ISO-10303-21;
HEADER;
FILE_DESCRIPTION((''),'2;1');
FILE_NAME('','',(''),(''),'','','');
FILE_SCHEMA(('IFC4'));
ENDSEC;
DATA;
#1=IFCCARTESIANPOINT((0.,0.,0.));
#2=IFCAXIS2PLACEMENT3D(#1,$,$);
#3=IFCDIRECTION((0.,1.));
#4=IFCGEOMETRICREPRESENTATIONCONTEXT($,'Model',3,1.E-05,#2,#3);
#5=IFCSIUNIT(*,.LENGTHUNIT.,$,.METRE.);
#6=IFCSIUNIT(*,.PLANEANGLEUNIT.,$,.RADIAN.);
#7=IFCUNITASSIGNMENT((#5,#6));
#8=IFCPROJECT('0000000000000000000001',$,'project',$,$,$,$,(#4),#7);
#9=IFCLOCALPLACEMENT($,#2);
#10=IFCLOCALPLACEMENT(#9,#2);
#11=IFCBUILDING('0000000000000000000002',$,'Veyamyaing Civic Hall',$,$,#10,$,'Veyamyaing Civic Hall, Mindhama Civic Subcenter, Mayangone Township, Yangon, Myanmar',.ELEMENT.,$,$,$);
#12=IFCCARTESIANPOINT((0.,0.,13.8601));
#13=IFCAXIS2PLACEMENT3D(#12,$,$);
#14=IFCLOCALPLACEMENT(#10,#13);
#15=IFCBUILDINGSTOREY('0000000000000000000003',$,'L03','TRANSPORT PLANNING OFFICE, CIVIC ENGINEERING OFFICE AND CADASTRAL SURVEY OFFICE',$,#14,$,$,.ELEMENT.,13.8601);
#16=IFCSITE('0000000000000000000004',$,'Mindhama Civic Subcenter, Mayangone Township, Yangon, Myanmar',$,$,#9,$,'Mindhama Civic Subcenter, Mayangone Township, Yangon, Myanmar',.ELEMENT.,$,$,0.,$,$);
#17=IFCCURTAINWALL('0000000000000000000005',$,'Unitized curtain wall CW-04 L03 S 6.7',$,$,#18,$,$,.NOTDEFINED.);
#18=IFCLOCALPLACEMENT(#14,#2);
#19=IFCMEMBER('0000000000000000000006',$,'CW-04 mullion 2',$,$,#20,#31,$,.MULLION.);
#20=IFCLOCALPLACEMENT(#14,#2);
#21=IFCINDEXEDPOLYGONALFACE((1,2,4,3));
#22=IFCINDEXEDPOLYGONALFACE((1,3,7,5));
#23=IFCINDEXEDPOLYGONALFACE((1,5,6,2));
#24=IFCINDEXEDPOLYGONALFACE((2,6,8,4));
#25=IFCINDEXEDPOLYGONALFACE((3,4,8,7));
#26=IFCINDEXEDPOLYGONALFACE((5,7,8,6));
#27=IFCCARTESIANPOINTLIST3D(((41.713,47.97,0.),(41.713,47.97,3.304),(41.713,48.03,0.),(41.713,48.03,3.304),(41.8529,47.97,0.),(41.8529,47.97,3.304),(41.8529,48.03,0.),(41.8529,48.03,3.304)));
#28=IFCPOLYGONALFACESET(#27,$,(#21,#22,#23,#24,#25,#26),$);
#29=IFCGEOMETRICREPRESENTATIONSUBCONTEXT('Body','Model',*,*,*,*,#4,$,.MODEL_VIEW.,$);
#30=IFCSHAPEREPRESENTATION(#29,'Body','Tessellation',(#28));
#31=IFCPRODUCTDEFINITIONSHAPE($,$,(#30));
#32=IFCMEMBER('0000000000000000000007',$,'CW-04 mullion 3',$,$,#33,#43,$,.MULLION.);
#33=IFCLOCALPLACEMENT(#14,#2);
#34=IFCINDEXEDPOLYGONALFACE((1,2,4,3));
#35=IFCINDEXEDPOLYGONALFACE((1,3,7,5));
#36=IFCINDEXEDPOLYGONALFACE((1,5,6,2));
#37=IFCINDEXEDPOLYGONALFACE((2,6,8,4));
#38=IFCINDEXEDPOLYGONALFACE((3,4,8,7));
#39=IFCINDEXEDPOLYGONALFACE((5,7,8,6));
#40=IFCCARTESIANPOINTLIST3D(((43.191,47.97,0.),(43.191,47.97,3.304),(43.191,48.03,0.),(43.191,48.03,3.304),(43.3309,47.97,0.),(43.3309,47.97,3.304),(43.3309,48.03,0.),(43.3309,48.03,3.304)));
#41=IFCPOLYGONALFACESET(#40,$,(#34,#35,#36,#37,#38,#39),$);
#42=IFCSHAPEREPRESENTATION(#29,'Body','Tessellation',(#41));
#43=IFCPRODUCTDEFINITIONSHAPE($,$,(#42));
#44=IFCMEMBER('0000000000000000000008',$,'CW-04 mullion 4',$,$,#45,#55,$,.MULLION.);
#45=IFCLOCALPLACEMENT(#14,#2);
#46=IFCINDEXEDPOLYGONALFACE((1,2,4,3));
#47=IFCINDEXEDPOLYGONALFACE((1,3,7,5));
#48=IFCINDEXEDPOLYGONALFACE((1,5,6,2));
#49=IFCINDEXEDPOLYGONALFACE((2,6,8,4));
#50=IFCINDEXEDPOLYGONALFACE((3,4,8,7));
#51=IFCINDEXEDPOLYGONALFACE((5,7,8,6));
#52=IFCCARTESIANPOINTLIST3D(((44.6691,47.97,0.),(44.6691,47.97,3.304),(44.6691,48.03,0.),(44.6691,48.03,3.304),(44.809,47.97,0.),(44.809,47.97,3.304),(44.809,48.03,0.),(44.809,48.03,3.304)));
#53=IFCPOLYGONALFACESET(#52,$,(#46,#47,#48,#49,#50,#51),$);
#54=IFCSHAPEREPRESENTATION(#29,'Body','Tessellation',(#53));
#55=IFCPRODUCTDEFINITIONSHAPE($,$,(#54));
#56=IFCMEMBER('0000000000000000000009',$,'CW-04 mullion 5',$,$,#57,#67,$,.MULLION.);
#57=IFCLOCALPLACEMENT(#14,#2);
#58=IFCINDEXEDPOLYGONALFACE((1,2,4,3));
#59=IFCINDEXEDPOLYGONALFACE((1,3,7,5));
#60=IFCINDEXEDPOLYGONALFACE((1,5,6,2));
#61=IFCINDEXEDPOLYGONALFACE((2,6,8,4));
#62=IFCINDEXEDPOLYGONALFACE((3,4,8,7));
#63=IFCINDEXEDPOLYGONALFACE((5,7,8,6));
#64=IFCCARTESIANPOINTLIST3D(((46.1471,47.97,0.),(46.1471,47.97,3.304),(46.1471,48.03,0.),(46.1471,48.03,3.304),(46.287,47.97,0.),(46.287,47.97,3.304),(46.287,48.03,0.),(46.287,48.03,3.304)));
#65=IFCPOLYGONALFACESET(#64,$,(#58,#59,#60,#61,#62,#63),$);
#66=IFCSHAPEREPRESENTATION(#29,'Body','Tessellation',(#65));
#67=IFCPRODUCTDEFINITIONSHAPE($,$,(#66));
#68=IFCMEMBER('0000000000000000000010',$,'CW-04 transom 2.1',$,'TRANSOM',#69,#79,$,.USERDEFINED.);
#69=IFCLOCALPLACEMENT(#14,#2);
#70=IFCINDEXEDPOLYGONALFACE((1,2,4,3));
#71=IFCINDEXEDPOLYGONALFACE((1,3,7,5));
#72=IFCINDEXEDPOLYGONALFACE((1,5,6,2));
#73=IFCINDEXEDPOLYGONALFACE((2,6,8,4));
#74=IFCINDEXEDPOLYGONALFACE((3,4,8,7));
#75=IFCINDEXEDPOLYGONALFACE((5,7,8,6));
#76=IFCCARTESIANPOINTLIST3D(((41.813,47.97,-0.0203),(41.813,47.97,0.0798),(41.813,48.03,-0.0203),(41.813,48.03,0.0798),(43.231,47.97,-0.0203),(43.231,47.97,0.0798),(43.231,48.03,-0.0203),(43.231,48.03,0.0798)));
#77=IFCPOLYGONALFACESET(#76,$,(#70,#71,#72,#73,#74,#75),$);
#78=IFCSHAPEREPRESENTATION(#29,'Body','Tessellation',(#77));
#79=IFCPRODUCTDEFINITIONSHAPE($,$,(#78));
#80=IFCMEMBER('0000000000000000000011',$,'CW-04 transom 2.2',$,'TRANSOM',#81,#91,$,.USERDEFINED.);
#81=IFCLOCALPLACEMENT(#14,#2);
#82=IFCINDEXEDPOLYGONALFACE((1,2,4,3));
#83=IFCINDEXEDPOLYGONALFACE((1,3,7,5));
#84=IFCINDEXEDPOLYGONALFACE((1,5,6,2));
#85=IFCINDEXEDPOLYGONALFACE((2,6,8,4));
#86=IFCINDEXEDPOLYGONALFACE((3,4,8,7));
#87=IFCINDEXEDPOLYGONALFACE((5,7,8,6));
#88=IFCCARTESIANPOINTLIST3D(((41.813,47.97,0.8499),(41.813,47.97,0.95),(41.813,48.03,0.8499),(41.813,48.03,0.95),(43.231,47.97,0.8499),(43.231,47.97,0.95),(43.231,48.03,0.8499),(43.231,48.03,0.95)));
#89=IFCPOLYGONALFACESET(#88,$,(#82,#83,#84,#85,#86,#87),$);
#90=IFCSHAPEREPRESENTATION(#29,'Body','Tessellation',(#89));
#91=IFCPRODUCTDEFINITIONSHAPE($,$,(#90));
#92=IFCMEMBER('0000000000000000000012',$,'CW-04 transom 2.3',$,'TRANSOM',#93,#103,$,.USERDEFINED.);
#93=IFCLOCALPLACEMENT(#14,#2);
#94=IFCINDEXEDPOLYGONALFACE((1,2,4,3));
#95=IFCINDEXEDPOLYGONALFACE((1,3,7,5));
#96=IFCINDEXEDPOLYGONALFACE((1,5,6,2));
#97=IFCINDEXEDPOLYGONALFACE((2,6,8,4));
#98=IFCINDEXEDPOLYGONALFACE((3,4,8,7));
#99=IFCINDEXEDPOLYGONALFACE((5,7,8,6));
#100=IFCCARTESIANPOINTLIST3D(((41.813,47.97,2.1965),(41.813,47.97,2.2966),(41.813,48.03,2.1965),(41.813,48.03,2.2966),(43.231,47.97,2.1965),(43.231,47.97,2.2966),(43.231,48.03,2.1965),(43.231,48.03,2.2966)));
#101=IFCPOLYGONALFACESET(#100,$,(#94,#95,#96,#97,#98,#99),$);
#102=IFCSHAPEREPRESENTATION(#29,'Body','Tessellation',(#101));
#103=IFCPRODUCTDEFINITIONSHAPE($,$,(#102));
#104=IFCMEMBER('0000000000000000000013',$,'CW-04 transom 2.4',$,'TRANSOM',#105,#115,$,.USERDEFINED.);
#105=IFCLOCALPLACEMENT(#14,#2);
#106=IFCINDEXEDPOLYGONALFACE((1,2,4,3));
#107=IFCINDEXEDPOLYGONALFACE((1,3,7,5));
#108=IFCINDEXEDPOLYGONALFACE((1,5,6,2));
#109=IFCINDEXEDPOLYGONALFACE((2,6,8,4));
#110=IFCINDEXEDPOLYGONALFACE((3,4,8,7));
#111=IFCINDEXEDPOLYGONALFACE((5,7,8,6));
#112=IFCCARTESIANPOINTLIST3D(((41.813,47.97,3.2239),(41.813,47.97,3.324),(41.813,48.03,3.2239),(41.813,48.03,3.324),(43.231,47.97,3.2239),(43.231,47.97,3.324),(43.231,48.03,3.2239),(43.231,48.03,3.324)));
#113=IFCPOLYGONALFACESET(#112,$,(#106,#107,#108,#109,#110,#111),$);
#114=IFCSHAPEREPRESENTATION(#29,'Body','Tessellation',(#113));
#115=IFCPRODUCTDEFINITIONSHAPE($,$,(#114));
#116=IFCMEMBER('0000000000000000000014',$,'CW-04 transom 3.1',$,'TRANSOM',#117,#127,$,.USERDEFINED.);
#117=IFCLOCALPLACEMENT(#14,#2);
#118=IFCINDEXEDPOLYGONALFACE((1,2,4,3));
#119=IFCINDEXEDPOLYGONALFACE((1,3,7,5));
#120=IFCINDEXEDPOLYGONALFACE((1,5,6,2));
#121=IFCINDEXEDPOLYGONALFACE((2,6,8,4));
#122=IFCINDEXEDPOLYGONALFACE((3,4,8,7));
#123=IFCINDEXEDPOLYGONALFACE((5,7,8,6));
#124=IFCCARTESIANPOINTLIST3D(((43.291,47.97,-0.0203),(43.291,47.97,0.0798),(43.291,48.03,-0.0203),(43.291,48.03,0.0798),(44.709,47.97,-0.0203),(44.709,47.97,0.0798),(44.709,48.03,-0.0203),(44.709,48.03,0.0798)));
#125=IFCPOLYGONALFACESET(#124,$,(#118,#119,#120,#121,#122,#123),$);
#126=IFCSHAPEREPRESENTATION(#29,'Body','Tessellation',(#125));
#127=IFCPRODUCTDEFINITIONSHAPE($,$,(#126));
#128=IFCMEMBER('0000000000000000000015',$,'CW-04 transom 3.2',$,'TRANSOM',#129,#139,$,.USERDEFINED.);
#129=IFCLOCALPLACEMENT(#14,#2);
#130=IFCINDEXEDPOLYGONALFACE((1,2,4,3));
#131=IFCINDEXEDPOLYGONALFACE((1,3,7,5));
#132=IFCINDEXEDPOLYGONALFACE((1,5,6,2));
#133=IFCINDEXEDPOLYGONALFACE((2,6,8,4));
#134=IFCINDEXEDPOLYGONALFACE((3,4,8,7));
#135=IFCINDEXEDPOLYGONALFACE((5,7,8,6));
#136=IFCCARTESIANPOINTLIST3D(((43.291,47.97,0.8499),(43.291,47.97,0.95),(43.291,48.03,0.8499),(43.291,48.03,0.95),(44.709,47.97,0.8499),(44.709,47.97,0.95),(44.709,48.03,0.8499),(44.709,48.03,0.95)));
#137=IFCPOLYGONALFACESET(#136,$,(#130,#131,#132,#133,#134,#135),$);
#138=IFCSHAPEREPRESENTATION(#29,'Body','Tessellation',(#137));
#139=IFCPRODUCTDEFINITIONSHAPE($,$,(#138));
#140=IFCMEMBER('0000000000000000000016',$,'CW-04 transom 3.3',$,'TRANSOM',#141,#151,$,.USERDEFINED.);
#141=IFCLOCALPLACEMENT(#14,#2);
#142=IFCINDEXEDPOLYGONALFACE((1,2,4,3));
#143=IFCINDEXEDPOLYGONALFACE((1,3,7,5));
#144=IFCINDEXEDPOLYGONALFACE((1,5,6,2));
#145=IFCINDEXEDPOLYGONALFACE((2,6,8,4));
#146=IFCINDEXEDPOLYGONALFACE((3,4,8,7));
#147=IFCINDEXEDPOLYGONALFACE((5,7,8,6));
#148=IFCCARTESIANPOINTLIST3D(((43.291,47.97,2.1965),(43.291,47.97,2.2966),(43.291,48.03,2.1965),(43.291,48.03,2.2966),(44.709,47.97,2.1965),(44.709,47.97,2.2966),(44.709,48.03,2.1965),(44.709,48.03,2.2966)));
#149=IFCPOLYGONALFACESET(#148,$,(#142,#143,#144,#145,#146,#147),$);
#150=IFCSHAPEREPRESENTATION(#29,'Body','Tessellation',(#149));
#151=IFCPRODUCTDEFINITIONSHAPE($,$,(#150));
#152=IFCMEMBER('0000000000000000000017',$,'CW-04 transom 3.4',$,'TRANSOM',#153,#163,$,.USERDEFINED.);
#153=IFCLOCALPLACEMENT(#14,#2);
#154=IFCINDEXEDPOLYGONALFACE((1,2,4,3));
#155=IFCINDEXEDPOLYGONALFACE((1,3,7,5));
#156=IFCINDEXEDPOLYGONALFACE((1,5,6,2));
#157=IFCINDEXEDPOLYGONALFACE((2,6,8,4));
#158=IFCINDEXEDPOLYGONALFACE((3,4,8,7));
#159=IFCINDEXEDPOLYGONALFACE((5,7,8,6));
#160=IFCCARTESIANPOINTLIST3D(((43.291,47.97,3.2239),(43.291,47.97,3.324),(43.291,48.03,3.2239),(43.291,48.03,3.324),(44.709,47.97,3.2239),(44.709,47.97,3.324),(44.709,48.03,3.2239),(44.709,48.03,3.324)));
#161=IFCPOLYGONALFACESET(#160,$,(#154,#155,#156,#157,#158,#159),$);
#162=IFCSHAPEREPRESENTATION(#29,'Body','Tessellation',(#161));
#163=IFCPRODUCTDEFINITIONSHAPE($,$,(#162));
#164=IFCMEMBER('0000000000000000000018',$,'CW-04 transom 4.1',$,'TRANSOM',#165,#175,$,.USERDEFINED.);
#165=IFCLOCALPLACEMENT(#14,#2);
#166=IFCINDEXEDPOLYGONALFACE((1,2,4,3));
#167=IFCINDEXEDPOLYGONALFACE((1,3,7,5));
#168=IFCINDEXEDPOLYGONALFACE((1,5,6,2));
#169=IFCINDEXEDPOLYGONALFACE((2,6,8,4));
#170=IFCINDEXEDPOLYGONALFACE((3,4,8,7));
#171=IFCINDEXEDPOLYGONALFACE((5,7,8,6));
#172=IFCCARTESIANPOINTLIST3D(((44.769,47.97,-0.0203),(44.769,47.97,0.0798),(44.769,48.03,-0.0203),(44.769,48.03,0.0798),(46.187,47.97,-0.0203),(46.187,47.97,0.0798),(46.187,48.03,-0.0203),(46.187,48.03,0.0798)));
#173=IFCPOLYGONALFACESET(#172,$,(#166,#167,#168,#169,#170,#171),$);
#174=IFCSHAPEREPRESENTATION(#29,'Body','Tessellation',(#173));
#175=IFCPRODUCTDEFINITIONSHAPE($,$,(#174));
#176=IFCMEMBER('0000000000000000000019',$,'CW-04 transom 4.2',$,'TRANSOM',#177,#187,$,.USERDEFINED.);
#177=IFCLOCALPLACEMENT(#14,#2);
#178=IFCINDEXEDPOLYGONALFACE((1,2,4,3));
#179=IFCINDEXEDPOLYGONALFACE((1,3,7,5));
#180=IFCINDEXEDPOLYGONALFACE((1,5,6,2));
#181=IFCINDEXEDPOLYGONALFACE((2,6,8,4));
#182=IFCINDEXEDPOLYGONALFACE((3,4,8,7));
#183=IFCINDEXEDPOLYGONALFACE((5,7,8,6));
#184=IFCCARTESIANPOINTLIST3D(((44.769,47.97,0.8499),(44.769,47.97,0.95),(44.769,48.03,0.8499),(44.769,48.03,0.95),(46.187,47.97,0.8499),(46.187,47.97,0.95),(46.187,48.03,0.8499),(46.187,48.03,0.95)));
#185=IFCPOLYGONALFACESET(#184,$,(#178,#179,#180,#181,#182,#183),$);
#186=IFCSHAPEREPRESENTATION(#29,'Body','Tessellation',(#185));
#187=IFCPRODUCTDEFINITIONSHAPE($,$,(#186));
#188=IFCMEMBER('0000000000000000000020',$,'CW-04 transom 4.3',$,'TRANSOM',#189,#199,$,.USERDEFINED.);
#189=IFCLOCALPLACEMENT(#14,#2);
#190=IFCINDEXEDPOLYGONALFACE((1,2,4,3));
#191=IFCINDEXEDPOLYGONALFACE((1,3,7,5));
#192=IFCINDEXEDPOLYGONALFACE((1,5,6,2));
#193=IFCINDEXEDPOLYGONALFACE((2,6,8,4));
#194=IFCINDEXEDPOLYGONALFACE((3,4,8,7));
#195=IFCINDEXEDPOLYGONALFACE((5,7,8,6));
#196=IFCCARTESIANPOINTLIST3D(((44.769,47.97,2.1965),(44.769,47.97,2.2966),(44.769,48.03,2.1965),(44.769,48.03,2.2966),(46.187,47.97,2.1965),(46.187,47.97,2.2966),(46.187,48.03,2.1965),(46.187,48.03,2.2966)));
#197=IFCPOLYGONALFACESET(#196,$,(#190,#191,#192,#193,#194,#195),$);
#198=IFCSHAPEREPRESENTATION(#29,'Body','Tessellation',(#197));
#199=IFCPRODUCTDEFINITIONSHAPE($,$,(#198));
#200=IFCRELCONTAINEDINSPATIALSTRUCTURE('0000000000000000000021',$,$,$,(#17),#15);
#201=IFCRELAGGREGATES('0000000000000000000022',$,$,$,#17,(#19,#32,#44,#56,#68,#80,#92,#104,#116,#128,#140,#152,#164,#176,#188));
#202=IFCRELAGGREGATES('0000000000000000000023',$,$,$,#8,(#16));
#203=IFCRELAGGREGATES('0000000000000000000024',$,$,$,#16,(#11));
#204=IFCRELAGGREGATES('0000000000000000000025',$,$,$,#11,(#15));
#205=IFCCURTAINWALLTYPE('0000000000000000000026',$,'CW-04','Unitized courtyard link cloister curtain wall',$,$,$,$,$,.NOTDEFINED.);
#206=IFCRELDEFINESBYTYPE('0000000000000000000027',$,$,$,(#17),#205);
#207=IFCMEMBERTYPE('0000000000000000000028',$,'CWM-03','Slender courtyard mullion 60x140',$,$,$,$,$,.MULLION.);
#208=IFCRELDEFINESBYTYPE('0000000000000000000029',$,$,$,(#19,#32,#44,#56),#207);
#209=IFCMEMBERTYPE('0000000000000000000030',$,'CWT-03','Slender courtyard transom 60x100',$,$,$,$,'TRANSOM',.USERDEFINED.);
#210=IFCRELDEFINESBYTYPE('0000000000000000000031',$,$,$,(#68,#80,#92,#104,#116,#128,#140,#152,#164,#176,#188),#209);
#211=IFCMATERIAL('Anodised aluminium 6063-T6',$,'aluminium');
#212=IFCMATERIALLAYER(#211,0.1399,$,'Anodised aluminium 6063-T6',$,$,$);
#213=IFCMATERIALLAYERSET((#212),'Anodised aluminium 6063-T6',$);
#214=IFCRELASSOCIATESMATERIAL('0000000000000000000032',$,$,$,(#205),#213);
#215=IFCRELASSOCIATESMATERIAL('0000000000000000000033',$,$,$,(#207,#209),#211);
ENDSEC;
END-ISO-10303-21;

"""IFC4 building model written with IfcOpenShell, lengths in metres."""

from ifc_helpers import new_model, si_unit, direction, frame, origin, origin_2d, place, context, subcontext, project, spatial, rectangle, extrude, material, layer, layer_set, material_profile, profile_set, type_object, element, aggregate, save


model = new_model("IFC4")

# Units and contexts
model_context = context("Model", 3, precision=1e-05, world=origin(), true_north=direction((0.0, 1.0)))
body_context = subcontext(model_context, "Body", "Model", "MODEL_VIEW")
ifc_project = project(units=[si_unit("LENGTHUNIT", "METRE"), si_unit("PLANEANGLEUNIT", "RADIAN")], contexts=[model_context])

# Site, building, storey
site_placement = place(None, origin())
site = spatial("IfcSite", under=ifc_project, at=site_placement, Name="Mindhama Civic Subcenter, Mayangone Township, Yangon, Myanmar", LongName="Mindhama Civic Subcenter, Mayangone Township, Yangon, Myanmar", CompositionType="ELEMENT", RefElevation=0.0)
building_placement = place(site_placement, origin())
building = spatial("IfcBuilding", under=site, at=building_placement, Name="Veyamyaing Civic Hall", LongName="Veyamyaing Civic Hall, Mindhama Civic Subcenter, Mayangone Township, Yangon, Myanmar", CompositionType="ELEMENT")
storey_placement = place(building_placement, frame((0.0, 0.0, 13.8601)))
storey = spatial("IfcBuildingStorey", under=building, at=storey_placement, Name="L03", Description="TRANSPORT PLANNING OFFICE, CIVIC ENGINEERING OFFICE AND CADASTRAL SURVEY OFFICE", CompositionType="ELEMENT", Elevation=13.8601)

# Curtain wall, members
ifc_material_1 = material(Name="Anodised aluminium 6063-T6", Category="aluminium")
ifc_layer_1 = layer(ifc_material_1, 0.1399, Name="Anodised aluminium 6063-T6")
ifc_layer_set_1 = layer_set([ifc_layer_1], Name="Anodised aluminium 6063-T6")
curtain_wall_type = type_object("IfcCurtainWallType", Name="CW-04", Description="Unitized courtyard link cloister curtain wall", PredefinedType="NOTDEFINED", material=ifc_layer_set_1)
curtain_wall_placement = place(storey_placement, origin())
curtain_wall = element("IfcCurtainWall", 1, at=curtain_wall_placement, inside=storey, type_object=curtain_wall_type, Name="Unitized curtain wall CW-04 L03 S 6.7", PredefinedType="NOTDEFINED")
ifc_material_profile_1 = material_profile(ifc_material_1, rectangle(XDim=0.0601, YDim=0.1399, at=origin_2d()), Name="ALU-MUL-60X140")
ifc_profile_set_1 = profile_set([ifc_material_profile_1], Name="Anodised aluminium 6063-T6")
member_type_1 = type_object("IfcMemberType", Name="CWM-03", Description="Slender courtyard mullion 60x140", PredefinedType="MULLION", material=ifc_profile_set_1)
member_1_placement = place(storey_placement, frame((41.783, 48.0, 0.0), z_axis=(0.0, 0.0, 1.0), x_axis=(0.0, 1.0, 0.0)))
member_1 = element("IfcMember", 2, at=member_1_placement, type_object=member_type_1, Name="CW-04 mullion 2", PredefinedType="MULLION", context=body_context, shape_type="SweptSolid", body=[
    extrude(rectangle(XDim=0.0601, YDim=0.1399, at=origin_2d()), origin(), (0.0, 0.0, 1.0), 3.304),
])
member_2_placement = place(storey_placement, frame((43.261, 48.0, 0.0), z_axis=(0.0, 0.0, 1.0), x_axis=(0.0, 1.0, 0.0)))
member_2 = element("IfcMember", 3, at=member_2_placement, type_object=member_type_1, Name="CW-04 mullion 3", PredefinedType="MULLION", context=body_context, shape_type="SweptSolid", body=[
    extrude(rectangle(XDim=0.0601, YDim=0.1399, at=origin_2d()), origin(), (0.0, 0.0, 1.0), 3.304),
])
member_3_placement = place(storey_placement, frame((44.739, 48.0, 0.0), z_axis=(0.0, 0.0, 1.0), x_axis=(0.0, 1.0, 0.0)))
member_3 = element("IfcMember", 4, at=member_3_placement, type_object=member_type_1, Name="CW-04 mullion 4", PredefinedType="MULLION", context=body_context, shape_type="SweptSolid", body=[
    extrude(rectangle(XDim=0.0601, YDim=0.1399, at=origin_2d()), origin(), (0.0, 0.0, 1.0), 3.304),
])
member_4_placement = place(storey_placement, frame((46.217, 48.0, 0.0), z_axis=(0.0, 0.0, 1.0), x_axis=(0.0, 1.0, 0.0)))
member_4 = element("IfcMember", 5, at=member_4_placement, type_object=member_type_1, Name="CW-04 mullion 5", PredefinedType="MULLION", context=body_context, shape_type="SweptSolid", body=[
    extrude(rectangle(XDim=0.0601, YDim=0.1399, at=origin_2d()), origin(), (0.0, 0.0, 1.0), 3.304),
])
ifc_material_profile_2 = material_profile(ifc_material_1, rectangle(XDim=0.0601, YDim=0.1001, at=origin_2d()), Name="ALU-TRN-60X100")
ifc_profile_set_2 = profile_set([ifc_material_profile_2], Name="Anodised aluminium 6063-T6")
member_type_2 = type_object("IfcMemberType", Name="CWT-03", Description="Slender courtyard transom 60x100", ElementType="TRANSOM", PredefinedType="USERDEFINED", material=ifc_profile_set_2)
member_5_placement = place(storey_placement, frame((41.813, 48.0, 0.0298), z_axis=(1.0, 0.0, 0.0), x_axis=(0.0, 1.0, 0.0)))
member_5 = element("IfcMember", 6, at=member_5_placement, type_object=member_type_2, Name="CW-04 transom 2.1", ObjectType="TRANSOM", PredefinedType="USERDEFINED", context=body_context, shape_type="SweptSolid", body=[
    extrude(rectangle(XDim=0.0601, YDim=0.1001, at=origin_2d()), origin(), (0.0, 0.0, 1.0), 1.418),
])
member_6_placement = place(storey_placement, frame((41.813, 48.0, 0.8999), z_axis=(1.0, 0.0, 0.0), x_axis=(0.0, 1.0, 0.0)))
member_6 = element("IfcMember", 7, at=member_6_placement, type_object=member_type_2, Name="CW-04 transom 2.2", ObjectType="TRANSOM", PredefinedType="USERDEFINED", context=body_context, shape_type="SweptSolid", body=[
    extrude(rectangle(XDim=0.0601, YDim=0.1001, at=origin_2d()), origin(), (0.0, 0.0, 1.0), 1.418),
])
member_7_placement = place(storey_placement, frame((41.813, 48.0, 2.2466), z_axis=(1.0, 0.0, 0.0), x_axis=(0.0, 1.0, 0.0)))
member_7 = element("IfcMember", 8, at=member_7_placement, type_object=member_type_2, Name="CW-04 transom 2.3", ObjectType="TRANSOM", PredefinedType="USERDEFINED", context=body_context, shape_type="SweptSolid", body=[
    extrude(rectangle(XDim=0.0601, YDim=0.1001, at=origin_2d()), origin(), (0.0, 0.0, 1.0), 1.418),
])
member_8_placement = place(storey_placement, frame((41.813, 48.0, 3.2739), z_axis=(1.0, 0.0, 0.0), x_axis=(0.0, 1.0, 0.0)))
member_8 = element("IfcMember", 9, at=member_8_placement, type_object=member_type_2, Name="CW-04 transom 2.4", ObjectType="TRANSOM", PredefinedType="USERDEFINED", context=body_context, shape_type="SweptSolid", body=[
    extrude(rectangle(XDim=0.0601, YDim=0.1001, at=origin_2d()), origin(), (0.0, 0.0, 1.0), 1.418),
])
member_9_placement = place(storey_placement, frame((43.291, 48.0, 0.0298), z_axis=(1.0, 0.0, 0.0), x_axis=(0.0, 1.0, 0.0)))
member_9 = element("IfcMember", 10, at=member_9_placement, type_object=member_type_2, Name="CW-04 transom 3.1", ObjectType="TRANSOM", PredefinedType="USERDEFINED", context=body_context, shape_type="SweptSolid", body=[
    extrude(rectangle(XDim=0.0601, YDim=0.1001, at=origin_2d()), origin(), (0.0, 0.0, 1.0), 1.418),
])
member_10_placement = place(storey_placement, frame((43.291, 48.0, 0.8999), z_axis=(1.0, 0.0, 0.0), x_axis=(0.0, 1.0, 0.0)))
member_10 = element("IfcMember", 11, at=member_10_placement, type_object=member_type_2, Name="CW-04 transom 3.2", ObjectType="TRANSOM", PredefinedType="USERDEFINED", context=body_context, shape_type="SweptSolid", body=[
    extrude(rectangle(XDim=0.0601, YDim=0.1001, at=origin_2d()), origin(), (0.0, 0.0, 1.0), 1.418),
])
member_11_placement = place(storey_placement, frame((43.291, 48.0, 2.2466), z_axis=(1.0, 0.0, 0.0), x_axis=(0.0, 1.0, 0.0)))
member_11 = element("IfcMember", 12, at=member_11_placement, type_object=member_type_2, Name="CW-04 transom 3.3", ObjectType="TRANSOM", PredefinedType="USERDEFINED", context=body_context, shape_type="SweptSolid", body=[
    extrude(rectangle(XDim=0.0601, YDim=0.1001, at=origin_2d()), origin(), (0.0, 0.0, 1.0), 1.418),
])
member_12_placement = place(storey_placement, frame((43.291, 48.0, 3.2739), z_axis=(1.0, 0.0, 0.0), x_axis=(0.0, 1.0, 0.0)))
member_12 = element("IfcMember", 13, at=member_12_placement, type_object=member_type_2, Name="CW-04 transom 3.4", ObjectType="TRANSOM", PredefinedType="USERDEFINED", context=body_context, shape_type="SweptSolid", body=[
    extrude(rectangle(XDim=0.0601, YDim=0.1001, at=origin_2d()), origin(), (0.0, 0.0, 1.0), 1.418),
])
member_13_placement = place(storey_placement, frame((44.769, 48.0, 0.0298), z_axis=(1.0, 0.0, 0.0), x_axis=(0.0, 1.0, 0.0)))
member_13 = element("IfcMember", 14, at=member_13_placement, type_object=member_type_2, Name="CW-04 transom 4.1", ObjectType="TRANSOM", PredefinedType="USERDEFINED", context=body_context, shape_type="SweptSolid", body=[
    extrude(rectangle(XDim=0.0601, YDim=0.1001, at=origin_2d()), origin(), (0.0, 0.0, 1.0), 1.418),
])
member_14_placement = place(storey_placement, frame((44.769, 48.0, 0.8999), z_axis=(1.0, 0.0, 0.0), x_axis=(0.0, 1.0, 0.0)))
member_14 = element("IfcMember", 15, at=member_14_placement, type_object=member_type_2, Name="CW-04 transom 4.2", ObjectType="TRANSOM", PredefinedType="USERDEFINED", context=body_context, shape_type="SweptSolid", body=[
    extrude(rectangle(XDim=0.0601, YDim=0.1001, at=origin_2d()), origin(), (0.0, 0.0, 1.0), 1.418),
])
member_15_placement = place(storey_placement, frame((44.769, 48.0, 2.2466), z_axis=(1.0, 0.0, 0.0), x_axis=(0.0, 1.0, 0.0)))
member_15 = element("IfcMember", 16, at=member_15_placement, type_object=member_type_2, Name="CW-04 transom 4.3", ObjectType="TRANSOM", PredefinedType="USERDEFINED", context=body_context, shape_type="SweptSolid", body=[
    extrude(rectangle(XDim=0.0601, YDim=0.1001, at=origin_2d()), origin(), (0.0, 0.0, 1.0), 1.418),
])
aggregate(curtain_wall, [member_1, member_2, member_3, member_4, member_5, member_6, member_7, member_8, member_9, member_10, member_11, member_12, member_13, member_14, member_15])

save(model, "model.ifc")
